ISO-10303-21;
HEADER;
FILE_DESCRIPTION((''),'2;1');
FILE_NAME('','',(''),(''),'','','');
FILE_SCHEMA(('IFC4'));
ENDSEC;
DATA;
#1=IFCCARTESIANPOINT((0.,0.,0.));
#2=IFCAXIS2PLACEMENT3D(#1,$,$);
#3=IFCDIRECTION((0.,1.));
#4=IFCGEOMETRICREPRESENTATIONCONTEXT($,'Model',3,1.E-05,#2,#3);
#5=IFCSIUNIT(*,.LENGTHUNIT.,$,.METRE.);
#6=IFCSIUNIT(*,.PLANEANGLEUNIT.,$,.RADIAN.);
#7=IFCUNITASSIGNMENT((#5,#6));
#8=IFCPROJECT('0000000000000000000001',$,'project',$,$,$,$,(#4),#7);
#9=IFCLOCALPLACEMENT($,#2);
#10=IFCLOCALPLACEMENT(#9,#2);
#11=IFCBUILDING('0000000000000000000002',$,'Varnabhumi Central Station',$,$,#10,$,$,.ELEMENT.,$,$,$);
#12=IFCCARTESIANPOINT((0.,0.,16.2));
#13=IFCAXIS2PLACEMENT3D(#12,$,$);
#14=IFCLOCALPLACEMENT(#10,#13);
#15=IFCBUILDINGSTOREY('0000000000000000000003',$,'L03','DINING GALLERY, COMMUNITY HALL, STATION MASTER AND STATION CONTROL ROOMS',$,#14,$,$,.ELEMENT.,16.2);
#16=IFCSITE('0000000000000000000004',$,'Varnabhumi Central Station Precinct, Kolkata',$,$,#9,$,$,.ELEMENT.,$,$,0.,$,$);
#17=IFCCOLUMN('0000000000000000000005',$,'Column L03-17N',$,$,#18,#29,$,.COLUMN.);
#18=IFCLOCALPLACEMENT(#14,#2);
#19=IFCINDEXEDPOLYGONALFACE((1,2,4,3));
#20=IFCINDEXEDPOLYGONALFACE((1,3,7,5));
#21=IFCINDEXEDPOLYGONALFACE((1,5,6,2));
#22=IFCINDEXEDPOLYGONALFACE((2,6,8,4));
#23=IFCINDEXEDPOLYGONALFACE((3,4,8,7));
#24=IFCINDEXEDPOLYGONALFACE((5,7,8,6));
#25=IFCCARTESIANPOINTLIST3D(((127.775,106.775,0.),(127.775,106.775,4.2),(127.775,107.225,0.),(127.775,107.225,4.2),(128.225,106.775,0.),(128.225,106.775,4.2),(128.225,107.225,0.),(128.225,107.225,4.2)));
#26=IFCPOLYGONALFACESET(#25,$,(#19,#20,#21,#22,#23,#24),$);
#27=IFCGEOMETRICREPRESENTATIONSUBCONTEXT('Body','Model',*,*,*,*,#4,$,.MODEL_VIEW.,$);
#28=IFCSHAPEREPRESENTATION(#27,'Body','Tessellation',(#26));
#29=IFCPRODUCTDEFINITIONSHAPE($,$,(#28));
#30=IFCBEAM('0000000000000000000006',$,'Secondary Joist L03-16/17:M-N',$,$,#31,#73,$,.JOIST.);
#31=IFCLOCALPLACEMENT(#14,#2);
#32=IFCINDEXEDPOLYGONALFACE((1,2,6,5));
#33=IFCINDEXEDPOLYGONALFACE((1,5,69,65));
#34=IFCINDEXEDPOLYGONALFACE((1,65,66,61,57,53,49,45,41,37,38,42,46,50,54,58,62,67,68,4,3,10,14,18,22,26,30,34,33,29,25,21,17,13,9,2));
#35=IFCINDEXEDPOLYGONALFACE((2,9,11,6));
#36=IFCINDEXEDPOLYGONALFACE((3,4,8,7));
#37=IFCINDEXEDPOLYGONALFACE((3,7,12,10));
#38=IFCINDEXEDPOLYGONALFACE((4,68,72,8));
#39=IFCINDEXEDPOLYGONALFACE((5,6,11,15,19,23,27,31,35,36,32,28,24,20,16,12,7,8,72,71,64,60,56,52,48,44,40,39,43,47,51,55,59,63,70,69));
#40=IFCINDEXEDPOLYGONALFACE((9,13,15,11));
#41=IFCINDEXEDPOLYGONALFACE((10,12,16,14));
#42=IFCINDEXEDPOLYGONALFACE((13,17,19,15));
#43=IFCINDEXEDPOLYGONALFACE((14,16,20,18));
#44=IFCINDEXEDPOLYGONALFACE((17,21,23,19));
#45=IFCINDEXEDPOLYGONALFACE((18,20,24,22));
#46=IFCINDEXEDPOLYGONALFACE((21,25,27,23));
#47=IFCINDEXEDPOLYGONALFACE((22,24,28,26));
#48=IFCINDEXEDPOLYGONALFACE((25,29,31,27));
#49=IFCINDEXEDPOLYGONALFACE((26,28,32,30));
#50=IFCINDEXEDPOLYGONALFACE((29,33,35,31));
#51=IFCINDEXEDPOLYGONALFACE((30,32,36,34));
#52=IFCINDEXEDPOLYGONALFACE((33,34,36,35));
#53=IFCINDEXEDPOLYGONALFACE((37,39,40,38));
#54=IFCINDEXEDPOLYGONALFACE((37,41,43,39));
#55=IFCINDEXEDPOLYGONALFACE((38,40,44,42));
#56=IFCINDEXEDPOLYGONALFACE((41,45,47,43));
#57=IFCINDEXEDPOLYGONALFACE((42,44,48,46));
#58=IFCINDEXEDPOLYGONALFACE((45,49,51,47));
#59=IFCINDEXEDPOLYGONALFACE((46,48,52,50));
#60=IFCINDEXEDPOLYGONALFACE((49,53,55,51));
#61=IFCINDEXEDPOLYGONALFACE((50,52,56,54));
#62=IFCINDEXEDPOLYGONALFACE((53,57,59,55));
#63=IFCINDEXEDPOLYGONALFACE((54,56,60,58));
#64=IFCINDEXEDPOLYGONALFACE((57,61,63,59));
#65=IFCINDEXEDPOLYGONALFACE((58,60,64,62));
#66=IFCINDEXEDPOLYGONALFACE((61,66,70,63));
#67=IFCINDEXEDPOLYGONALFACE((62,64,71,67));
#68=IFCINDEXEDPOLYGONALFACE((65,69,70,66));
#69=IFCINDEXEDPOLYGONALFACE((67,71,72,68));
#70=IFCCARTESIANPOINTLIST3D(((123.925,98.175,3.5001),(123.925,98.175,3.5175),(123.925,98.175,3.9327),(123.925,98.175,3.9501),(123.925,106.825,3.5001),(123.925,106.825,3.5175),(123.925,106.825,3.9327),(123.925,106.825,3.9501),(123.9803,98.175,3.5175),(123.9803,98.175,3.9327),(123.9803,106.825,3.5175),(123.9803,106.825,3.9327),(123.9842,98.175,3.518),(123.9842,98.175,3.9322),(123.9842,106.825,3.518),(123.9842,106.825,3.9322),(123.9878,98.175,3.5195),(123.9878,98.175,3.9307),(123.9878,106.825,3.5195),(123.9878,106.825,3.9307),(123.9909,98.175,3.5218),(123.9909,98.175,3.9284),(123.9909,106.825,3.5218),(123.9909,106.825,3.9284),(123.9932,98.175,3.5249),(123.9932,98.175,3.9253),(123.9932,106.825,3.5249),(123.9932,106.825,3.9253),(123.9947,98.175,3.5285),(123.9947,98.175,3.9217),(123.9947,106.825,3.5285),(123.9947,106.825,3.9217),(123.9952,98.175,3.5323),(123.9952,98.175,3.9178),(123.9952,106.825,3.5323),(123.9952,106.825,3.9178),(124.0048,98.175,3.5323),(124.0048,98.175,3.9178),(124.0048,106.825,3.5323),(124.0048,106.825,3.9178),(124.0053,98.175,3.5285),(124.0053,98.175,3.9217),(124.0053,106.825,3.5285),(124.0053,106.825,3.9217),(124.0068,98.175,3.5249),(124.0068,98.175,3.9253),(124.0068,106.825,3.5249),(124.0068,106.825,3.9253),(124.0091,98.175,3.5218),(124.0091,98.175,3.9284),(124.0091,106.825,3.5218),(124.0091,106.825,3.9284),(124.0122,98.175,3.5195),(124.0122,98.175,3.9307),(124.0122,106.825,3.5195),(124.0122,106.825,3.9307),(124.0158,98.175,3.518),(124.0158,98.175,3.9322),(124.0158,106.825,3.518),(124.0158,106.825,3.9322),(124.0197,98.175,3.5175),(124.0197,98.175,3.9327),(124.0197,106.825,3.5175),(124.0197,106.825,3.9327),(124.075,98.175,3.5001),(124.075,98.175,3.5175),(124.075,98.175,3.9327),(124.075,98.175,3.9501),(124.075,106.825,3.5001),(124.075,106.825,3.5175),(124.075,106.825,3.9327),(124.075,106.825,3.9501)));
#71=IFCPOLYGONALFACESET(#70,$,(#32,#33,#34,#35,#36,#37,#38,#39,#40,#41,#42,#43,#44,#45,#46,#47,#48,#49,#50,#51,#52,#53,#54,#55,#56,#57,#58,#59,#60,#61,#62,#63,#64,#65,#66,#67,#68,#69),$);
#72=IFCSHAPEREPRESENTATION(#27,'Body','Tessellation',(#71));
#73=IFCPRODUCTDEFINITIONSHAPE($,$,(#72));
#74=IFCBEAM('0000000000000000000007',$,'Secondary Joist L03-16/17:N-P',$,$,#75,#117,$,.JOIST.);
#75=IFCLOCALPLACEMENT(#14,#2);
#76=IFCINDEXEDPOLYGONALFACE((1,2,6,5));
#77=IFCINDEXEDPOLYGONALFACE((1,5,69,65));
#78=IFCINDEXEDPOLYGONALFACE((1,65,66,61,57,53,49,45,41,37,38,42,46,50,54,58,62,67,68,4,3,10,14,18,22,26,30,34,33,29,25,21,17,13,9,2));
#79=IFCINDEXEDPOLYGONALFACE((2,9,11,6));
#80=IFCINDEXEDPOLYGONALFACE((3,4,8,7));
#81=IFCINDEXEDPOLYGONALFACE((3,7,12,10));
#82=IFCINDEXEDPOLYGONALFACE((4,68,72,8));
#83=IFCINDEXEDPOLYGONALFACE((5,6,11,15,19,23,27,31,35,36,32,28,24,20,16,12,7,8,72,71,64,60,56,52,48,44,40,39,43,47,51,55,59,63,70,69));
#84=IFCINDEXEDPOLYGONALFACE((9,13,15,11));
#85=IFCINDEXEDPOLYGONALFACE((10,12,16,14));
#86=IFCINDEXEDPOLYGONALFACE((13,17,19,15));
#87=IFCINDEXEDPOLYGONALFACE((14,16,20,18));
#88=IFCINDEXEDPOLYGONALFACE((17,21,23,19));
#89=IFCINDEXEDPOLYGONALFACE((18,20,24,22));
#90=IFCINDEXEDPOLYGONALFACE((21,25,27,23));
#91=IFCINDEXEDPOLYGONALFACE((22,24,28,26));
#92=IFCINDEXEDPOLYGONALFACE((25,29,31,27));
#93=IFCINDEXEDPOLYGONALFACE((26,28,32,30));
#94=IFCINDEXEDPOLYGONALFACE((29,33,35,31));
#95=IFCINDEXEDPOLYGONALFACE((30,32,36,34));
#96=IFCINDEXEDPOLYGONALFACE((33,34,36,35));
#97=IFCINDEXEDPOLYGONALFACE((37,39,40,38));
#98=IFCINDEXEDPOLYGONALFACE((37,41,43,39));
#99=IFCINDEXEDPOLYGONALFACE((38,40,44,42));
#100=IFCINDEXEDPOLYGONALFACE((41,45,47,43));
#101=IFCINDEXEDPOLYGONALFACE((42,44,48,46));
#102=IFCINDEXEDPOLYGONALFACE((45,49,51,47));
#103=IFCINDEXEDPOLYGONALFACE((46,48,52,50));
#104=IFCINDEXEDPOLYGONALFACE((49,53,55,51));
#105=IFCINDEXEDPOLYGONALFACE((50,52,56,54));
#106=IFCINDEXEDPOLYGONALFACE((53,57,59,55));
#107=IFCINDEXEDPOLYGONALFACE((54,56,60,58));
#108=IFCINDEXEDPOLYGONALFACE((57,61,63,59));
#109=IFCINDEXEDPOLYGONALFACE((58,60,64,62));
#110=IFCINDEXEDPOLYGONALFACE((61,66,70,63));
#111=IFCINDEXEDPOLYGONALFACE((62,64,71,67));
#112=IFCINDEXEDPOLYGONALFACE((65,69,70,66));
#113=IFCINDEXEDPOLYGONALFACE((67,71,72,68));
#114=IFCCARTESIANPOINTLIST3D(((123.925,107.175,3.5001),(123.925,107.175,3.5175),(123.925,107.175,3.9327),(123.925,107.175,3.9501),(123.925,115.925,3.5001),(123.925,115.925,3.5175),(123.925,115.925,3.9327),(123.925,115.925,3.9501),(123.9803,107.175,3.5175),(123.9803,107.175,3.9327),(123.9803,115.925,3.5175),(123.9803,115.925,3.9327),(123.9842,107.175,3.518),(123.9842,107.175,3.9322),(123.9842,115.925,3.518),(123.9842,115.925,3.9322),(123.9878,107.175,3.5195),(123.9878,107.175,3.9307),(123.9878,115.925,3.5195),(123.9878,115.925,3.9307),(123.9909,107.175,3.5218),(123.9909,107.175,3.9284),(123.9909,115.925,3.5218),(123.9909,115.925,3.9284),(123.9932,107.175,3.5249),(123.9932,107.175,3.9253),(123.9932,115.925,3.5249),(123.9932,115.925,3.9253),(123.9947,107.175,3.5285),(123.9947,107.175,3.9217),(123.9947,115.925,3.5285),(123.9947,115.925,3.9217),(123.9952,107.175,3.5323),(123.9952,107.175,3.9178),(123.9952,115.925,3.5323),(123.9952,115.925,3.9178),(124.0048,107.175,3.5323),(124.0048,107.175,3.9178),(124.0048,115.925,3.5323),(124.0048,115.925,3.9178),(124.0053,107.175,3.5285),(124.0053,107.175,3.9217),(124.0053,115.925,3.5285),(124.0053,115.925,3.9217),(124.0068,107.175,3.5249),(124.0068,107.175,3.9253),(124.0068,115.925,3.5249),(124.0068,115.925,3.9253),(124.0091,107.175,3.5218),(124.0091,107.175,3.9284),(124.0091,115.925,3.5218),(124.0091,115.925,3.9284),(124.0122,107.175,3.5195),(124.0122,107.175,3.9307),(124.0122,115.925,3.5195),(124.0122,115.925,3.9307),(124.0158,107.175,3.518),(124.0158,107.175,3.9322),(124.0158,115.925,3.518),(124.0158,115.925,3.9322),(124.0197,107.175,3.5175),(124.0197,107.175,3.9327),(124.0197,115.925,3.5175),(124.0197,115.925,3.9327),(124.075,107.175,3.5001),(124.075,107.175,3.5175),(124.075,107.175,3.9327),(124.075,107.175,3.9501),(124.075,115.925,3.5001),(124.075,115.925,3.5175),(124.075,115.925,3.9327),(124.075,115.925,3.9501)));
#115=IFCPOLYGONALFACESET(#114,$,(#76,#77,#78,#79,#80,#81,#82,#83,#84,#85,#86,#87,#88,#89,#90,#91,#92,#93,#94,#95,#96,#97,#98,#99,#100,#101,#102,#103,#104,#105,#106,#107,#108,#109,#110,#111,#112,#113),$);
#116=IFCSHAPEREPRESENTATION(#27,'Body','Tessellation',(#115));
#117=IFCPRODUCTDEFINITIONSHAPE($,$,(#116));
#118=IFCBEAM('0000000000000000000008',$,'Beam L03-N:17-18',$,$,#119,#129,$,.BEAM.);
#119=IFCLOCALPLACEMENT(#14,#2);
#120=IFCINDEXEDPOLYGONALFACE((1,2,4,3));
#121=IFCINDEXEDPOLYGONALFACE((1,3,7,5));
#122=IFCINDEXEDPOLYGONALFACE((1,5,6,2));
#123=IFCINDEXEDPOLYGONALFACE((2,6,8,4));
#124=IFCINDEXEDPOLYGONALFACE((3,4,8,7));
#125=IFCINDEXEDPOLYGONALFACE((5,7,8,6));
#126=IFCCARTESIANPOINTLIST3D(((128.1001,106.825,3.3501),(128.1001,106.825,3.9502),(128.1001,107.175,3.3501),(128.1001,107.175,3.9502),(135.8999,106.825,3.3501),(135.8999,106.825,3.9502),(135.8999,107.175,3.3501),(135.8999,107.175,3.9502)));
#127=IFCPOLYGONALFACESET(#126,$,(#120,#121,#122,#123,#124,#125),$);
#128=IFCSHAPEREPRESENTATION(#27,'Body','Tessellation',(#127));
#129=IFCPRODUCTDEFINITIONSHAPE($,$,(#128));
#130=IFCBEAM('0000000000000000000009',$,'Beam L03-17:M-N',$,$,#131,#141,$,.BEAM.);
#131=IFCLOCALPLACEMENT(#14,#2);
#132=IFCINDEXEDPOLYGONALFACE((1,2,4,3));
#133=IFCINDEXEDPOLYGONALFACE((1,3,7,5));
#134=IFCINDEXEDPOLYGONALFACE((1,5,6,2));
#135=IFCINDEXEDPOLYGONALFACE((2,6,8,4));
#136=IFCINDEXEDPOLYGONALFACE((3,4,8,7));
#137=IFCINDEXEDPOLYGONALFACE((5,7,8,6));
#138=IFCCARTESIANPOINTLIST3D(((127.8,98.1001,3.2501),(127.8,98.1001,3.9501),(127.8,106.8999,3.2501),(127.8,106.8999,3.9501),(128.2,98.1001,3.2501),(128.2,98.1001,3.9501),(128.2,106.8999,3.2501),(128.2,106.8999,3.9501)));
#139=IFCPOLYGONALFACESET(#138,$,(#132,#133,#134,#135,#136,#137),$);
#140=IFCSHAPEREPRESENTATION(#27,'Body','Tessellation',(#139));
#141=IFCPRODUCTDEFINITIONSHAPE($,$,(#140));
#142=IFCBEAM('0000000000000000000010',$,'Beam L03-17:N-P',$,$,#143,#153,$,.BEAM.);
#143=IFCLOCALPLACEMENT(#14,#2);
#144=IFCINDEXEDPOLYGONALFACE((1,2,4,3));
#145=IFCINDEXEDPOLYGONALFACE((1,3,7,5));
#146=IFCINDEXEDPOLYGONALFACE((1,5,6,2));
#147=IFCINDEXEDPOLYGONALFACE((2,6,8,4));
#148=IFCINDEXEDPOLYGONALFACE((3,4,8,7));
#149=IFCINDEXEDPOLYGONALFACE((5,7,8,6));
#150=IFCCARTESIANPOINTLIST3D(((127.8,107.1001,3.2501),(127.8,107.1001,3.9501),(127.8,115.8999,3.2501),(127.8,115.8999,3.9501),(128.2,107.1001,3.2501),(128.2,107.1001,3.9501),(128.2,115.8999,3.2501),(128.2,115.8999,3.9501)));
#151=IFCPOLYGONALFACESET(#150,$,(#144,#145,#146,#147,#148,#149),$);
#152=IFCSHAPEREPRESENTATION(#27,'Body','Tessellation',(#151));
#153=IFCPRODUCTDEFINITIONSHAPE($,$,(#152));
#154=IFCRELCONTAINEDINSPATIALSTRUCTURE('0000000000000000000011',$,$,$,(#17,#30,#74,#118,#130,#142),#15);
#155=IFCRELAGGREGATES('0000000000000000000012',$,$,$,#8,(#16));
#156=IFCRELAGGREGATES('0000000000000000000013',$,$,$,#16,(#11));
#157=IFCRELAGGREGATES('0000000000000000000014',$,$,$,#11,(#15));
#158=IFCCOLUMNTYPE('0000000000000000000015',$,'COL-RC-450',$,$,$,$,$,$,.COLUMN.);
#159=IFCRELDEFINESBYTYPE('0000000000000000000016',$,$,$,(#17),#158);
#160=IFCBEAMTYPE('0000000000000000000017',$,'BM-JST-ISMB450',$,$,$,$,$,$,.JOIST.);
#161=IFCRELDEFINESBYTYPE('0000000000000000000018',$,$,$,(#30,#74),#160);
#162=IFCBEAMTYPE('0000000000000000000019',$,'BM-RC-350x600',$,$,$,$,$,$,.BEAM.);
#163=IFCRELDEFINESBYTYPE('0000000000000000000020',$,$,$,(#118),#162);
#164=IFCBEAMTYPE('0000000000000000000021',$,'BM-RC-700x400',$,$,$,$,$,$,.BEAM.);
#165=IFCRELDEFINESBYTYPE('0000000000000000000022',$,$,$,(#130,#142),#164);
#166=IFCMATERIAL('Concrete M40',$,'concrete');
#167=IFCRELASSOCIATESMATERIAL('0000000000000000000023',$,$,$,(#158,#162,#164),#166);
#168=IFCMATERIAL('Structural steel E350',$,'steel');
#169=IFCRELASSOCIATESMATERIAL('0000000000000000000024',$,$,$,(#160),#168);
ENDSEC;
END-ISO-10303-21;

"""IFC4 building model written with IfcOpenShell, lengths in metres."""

from ifc_helpers import new_model, si_unit, direction, frame, origin, origin_2d, place, context, subcontext, project, spatial, rectangle, i_section, extrude, material, material_profile, profile_set, type_object, element, save


model = new_model("IFC4")

# Units and contexts
model_context = context("Model", 3, precision=1e-05, world=origin(), true_north=direction((0.0, 1.0)))
body_context = subcontext(model_context, "Body", "Model", "MODEL_VIEW")
ifc_project = project(units=[si_unit("LENGTHUNIT", "METRE"), si_unit("PLANEANGLEUNIT", "RADIAN")], contexts=[model_context])

# Site, building, storey
site_placement = place(None, origin())
site = spatial("IfcSite", under=ifc_project, at=site_placement, Name="Varnabhumi Central Station Precinct, Kolkata", CompositionType="ELEMENT", RefElevation=0.0)
building_placement = place(site_placement, origin())
building = spatial("IfcBuilding", under=site, at=building_placement, Name="Varnabhumi Central Station", CompositionType="ELEMENT")
storey_placement = place(building_placement, frame((0.0, 0.0, 16.2)))
storey = spatial("IfcBuildingStorey", under=building, at=storey_placement, Name="L03", Description="DINING GALLERY, COMMUNITY HALL, STATION MASTER AND STATION CONTROL ROOMS", CompositionType="ELEMENT", Elevation=16.2)

# Column
ifc_material_1 = material(Name="Concrete M40", Category="concrete")
ifc_material_profile_1 = material_profile(ifc_material_1, rectangle(XDim=0.45, YDim=0.45, at=origin_2d()), Name="Concrete M40", Category="concrete")
ifc_profile_set_1 = profile_set([ifc_material_profile_1], Name="Concrete M40")
column_type = type_object("IfcColumnType", Name="COL-RC-450", PredefinedType="COLUMN", material=ifc_profile_set_1)
column_placement = place(storey_placement, frame((128.0, 107.0, 0.0), z_axis=(0.0, 0.0, 1.0), x_axis=(1.0, 0.0, 0.0)))
element("IfcColumn", 1, at=column_placement, inside=storey, type_object=column_type, Name="Column L03-17N", PredefinedType="COLUMN", context=body_context, shape_type="SweptSolid", body=[
    extrude(rectangle(XDim=0.45, YDim=0.45, at=origin_2d()), origin(), (0.0, 0.0, 1.0), 4.2),
])

# Beams
ifc_material_2 = material(Name="Structural steel E350", Category="steel")
ifc_material_profile_2 = material_profile(ifc_material_2, i_section(OverallWidth=0.1499, OverallDepth=0.45, WebThickness=0.0095, FlangeThickness=0.0173, FilletRadius=0.0149, at=origin_2d()), Name="Structural steel E350", Category="steel")
ifc_profile_set_2 = profile_set([ifc_material_profile_2], Name="Structural steel E350")
beam_type_1 = type_object("IfcBeamType", Name="BM-JST-ISMB450", PredefinedType="JOIST", material=ifc_profile_set_2)
beam_1_placement = place(storey_placement, frame((124.0, 98.175, 3.7251), z_axis=(0.0, 1.0, 0.0), x_axis=(-1.0, 0.0, 0.0)))
element("IfcBeam", 2, at=beam_1_placement, inside=storey, type_object=beam_type_1, Name="Secondary Joist L03-16/17:M-N", PredefinedType="JOIST", context=body_context, shape_type="SweptSolid", body=[
    extrude(i_section(OverallWidth=0.1499, OverallDepth=0.45, WebThickness=0.0095, FlangeThickness=0.0173, FilletRadius=0.0149, at=origin_2d()), origin(), (0.0, 0.0, 1.0), 8.6499),
])
beam_2_placement = place(storey_placement, frame((124.0, 107.175, 3.7251), z_axis=(0.0, 1.0, 0.0), x_axis=(-1.0, 0.0, 0.0)))
element("IfcBeam", 3, at=beam_2_placement, inside=storey, type_object=beam_type_1, Name="Secondary Joist L03-16/17:N-P", PredefinedType="JOIST", context=body_context, shape_type="SweptSolid", body=[
    extrude(i_section(OverallWidth=0.1499, OverallDepth=0.45, WebThickness=0.0095, FlangeThickness=0.0173, FilletRadius=0.0149, at=origin_2d()), origin(), (0.0, 0.0, 1.0), 8.75),
])
ifc_material_profile_3 = material_profile(ifc_material_1, rectangle(XDim=0.3501, YDim=0.6001, at=origin_2d()), Name="Concrete M40", Category="concrete")
ifc_profile_set_3 = profile_set([ifc_material_profile_3], Name="Concrete M40")
beam_type_2 = type_object("IfcBeamType", Name="BM-RC-350x600", PredefinedType="BEAM", material=ifc_profile_set_3)
beam_3_placement = place(storey_placement, frame((128.1001, 107.0, 3.6501), z_axis=(1.0, 0.0, 0.0), x_axis=(0.0, 1.0, 0.0)))
element("IfcBeam", 4, at=beam_3_placement, inside=storey, type_object=beam_type_2, Name="Beam L03-N:17-18", PredefinedType="BEAM", context=body_context, shape_type="SweptSolid", body=[
    extrude(rectangle(XDim=0.3501, YDim=0.6001, at=origin_2d()), origin(), (0.0, 0.0, 1.0), 7.7998),
])
ifc_material_profile_4 = material_profile(ifc_material_1, rectangle(XDim=0.3999, YDim=0.7, at=origin_2d()), Name="Concrete M40", Category="concrete")
ifc_profile_set_4 = profile_set([ifc_material_profile_4], Name="Concrete M40")
beam_type_3 = type_object("IfcBeamType", Name="BM-RC-700x400", PredefinedType="BEAM", material=ifc_profile_set_4)
for number, where, z_axis, x_axis, name in (
    (5, (128.0, 98.1001, 3.6001), (0.0, 1.0, 0.0), (-1.0, 0.0, 0.0), "Beam L03-17:M-N"),
    (6, (128.0, 107.1001, 3.6001), (0.0, 1.0, 0.0), (-1.0, 0.0, 0.0), "Beam L03-17:N-P"),
):
    element("IfcBeam", number, at=place(storey_placement, frame(where, z_axis=z_axis, x_axis=x_axis)), inside=storey, type_object=beam_type_3, Name=name, PredefinedType="BEAM", context=body_context, shape_type="SweptSolid", body=[
        extrude(rectangle(XDim=0.3999, YDim=0.7, at=origin_2d()), origin(), (0.0, 0.0, 1.0), 8.7998),
    ])

save(model, "model.ifc")
